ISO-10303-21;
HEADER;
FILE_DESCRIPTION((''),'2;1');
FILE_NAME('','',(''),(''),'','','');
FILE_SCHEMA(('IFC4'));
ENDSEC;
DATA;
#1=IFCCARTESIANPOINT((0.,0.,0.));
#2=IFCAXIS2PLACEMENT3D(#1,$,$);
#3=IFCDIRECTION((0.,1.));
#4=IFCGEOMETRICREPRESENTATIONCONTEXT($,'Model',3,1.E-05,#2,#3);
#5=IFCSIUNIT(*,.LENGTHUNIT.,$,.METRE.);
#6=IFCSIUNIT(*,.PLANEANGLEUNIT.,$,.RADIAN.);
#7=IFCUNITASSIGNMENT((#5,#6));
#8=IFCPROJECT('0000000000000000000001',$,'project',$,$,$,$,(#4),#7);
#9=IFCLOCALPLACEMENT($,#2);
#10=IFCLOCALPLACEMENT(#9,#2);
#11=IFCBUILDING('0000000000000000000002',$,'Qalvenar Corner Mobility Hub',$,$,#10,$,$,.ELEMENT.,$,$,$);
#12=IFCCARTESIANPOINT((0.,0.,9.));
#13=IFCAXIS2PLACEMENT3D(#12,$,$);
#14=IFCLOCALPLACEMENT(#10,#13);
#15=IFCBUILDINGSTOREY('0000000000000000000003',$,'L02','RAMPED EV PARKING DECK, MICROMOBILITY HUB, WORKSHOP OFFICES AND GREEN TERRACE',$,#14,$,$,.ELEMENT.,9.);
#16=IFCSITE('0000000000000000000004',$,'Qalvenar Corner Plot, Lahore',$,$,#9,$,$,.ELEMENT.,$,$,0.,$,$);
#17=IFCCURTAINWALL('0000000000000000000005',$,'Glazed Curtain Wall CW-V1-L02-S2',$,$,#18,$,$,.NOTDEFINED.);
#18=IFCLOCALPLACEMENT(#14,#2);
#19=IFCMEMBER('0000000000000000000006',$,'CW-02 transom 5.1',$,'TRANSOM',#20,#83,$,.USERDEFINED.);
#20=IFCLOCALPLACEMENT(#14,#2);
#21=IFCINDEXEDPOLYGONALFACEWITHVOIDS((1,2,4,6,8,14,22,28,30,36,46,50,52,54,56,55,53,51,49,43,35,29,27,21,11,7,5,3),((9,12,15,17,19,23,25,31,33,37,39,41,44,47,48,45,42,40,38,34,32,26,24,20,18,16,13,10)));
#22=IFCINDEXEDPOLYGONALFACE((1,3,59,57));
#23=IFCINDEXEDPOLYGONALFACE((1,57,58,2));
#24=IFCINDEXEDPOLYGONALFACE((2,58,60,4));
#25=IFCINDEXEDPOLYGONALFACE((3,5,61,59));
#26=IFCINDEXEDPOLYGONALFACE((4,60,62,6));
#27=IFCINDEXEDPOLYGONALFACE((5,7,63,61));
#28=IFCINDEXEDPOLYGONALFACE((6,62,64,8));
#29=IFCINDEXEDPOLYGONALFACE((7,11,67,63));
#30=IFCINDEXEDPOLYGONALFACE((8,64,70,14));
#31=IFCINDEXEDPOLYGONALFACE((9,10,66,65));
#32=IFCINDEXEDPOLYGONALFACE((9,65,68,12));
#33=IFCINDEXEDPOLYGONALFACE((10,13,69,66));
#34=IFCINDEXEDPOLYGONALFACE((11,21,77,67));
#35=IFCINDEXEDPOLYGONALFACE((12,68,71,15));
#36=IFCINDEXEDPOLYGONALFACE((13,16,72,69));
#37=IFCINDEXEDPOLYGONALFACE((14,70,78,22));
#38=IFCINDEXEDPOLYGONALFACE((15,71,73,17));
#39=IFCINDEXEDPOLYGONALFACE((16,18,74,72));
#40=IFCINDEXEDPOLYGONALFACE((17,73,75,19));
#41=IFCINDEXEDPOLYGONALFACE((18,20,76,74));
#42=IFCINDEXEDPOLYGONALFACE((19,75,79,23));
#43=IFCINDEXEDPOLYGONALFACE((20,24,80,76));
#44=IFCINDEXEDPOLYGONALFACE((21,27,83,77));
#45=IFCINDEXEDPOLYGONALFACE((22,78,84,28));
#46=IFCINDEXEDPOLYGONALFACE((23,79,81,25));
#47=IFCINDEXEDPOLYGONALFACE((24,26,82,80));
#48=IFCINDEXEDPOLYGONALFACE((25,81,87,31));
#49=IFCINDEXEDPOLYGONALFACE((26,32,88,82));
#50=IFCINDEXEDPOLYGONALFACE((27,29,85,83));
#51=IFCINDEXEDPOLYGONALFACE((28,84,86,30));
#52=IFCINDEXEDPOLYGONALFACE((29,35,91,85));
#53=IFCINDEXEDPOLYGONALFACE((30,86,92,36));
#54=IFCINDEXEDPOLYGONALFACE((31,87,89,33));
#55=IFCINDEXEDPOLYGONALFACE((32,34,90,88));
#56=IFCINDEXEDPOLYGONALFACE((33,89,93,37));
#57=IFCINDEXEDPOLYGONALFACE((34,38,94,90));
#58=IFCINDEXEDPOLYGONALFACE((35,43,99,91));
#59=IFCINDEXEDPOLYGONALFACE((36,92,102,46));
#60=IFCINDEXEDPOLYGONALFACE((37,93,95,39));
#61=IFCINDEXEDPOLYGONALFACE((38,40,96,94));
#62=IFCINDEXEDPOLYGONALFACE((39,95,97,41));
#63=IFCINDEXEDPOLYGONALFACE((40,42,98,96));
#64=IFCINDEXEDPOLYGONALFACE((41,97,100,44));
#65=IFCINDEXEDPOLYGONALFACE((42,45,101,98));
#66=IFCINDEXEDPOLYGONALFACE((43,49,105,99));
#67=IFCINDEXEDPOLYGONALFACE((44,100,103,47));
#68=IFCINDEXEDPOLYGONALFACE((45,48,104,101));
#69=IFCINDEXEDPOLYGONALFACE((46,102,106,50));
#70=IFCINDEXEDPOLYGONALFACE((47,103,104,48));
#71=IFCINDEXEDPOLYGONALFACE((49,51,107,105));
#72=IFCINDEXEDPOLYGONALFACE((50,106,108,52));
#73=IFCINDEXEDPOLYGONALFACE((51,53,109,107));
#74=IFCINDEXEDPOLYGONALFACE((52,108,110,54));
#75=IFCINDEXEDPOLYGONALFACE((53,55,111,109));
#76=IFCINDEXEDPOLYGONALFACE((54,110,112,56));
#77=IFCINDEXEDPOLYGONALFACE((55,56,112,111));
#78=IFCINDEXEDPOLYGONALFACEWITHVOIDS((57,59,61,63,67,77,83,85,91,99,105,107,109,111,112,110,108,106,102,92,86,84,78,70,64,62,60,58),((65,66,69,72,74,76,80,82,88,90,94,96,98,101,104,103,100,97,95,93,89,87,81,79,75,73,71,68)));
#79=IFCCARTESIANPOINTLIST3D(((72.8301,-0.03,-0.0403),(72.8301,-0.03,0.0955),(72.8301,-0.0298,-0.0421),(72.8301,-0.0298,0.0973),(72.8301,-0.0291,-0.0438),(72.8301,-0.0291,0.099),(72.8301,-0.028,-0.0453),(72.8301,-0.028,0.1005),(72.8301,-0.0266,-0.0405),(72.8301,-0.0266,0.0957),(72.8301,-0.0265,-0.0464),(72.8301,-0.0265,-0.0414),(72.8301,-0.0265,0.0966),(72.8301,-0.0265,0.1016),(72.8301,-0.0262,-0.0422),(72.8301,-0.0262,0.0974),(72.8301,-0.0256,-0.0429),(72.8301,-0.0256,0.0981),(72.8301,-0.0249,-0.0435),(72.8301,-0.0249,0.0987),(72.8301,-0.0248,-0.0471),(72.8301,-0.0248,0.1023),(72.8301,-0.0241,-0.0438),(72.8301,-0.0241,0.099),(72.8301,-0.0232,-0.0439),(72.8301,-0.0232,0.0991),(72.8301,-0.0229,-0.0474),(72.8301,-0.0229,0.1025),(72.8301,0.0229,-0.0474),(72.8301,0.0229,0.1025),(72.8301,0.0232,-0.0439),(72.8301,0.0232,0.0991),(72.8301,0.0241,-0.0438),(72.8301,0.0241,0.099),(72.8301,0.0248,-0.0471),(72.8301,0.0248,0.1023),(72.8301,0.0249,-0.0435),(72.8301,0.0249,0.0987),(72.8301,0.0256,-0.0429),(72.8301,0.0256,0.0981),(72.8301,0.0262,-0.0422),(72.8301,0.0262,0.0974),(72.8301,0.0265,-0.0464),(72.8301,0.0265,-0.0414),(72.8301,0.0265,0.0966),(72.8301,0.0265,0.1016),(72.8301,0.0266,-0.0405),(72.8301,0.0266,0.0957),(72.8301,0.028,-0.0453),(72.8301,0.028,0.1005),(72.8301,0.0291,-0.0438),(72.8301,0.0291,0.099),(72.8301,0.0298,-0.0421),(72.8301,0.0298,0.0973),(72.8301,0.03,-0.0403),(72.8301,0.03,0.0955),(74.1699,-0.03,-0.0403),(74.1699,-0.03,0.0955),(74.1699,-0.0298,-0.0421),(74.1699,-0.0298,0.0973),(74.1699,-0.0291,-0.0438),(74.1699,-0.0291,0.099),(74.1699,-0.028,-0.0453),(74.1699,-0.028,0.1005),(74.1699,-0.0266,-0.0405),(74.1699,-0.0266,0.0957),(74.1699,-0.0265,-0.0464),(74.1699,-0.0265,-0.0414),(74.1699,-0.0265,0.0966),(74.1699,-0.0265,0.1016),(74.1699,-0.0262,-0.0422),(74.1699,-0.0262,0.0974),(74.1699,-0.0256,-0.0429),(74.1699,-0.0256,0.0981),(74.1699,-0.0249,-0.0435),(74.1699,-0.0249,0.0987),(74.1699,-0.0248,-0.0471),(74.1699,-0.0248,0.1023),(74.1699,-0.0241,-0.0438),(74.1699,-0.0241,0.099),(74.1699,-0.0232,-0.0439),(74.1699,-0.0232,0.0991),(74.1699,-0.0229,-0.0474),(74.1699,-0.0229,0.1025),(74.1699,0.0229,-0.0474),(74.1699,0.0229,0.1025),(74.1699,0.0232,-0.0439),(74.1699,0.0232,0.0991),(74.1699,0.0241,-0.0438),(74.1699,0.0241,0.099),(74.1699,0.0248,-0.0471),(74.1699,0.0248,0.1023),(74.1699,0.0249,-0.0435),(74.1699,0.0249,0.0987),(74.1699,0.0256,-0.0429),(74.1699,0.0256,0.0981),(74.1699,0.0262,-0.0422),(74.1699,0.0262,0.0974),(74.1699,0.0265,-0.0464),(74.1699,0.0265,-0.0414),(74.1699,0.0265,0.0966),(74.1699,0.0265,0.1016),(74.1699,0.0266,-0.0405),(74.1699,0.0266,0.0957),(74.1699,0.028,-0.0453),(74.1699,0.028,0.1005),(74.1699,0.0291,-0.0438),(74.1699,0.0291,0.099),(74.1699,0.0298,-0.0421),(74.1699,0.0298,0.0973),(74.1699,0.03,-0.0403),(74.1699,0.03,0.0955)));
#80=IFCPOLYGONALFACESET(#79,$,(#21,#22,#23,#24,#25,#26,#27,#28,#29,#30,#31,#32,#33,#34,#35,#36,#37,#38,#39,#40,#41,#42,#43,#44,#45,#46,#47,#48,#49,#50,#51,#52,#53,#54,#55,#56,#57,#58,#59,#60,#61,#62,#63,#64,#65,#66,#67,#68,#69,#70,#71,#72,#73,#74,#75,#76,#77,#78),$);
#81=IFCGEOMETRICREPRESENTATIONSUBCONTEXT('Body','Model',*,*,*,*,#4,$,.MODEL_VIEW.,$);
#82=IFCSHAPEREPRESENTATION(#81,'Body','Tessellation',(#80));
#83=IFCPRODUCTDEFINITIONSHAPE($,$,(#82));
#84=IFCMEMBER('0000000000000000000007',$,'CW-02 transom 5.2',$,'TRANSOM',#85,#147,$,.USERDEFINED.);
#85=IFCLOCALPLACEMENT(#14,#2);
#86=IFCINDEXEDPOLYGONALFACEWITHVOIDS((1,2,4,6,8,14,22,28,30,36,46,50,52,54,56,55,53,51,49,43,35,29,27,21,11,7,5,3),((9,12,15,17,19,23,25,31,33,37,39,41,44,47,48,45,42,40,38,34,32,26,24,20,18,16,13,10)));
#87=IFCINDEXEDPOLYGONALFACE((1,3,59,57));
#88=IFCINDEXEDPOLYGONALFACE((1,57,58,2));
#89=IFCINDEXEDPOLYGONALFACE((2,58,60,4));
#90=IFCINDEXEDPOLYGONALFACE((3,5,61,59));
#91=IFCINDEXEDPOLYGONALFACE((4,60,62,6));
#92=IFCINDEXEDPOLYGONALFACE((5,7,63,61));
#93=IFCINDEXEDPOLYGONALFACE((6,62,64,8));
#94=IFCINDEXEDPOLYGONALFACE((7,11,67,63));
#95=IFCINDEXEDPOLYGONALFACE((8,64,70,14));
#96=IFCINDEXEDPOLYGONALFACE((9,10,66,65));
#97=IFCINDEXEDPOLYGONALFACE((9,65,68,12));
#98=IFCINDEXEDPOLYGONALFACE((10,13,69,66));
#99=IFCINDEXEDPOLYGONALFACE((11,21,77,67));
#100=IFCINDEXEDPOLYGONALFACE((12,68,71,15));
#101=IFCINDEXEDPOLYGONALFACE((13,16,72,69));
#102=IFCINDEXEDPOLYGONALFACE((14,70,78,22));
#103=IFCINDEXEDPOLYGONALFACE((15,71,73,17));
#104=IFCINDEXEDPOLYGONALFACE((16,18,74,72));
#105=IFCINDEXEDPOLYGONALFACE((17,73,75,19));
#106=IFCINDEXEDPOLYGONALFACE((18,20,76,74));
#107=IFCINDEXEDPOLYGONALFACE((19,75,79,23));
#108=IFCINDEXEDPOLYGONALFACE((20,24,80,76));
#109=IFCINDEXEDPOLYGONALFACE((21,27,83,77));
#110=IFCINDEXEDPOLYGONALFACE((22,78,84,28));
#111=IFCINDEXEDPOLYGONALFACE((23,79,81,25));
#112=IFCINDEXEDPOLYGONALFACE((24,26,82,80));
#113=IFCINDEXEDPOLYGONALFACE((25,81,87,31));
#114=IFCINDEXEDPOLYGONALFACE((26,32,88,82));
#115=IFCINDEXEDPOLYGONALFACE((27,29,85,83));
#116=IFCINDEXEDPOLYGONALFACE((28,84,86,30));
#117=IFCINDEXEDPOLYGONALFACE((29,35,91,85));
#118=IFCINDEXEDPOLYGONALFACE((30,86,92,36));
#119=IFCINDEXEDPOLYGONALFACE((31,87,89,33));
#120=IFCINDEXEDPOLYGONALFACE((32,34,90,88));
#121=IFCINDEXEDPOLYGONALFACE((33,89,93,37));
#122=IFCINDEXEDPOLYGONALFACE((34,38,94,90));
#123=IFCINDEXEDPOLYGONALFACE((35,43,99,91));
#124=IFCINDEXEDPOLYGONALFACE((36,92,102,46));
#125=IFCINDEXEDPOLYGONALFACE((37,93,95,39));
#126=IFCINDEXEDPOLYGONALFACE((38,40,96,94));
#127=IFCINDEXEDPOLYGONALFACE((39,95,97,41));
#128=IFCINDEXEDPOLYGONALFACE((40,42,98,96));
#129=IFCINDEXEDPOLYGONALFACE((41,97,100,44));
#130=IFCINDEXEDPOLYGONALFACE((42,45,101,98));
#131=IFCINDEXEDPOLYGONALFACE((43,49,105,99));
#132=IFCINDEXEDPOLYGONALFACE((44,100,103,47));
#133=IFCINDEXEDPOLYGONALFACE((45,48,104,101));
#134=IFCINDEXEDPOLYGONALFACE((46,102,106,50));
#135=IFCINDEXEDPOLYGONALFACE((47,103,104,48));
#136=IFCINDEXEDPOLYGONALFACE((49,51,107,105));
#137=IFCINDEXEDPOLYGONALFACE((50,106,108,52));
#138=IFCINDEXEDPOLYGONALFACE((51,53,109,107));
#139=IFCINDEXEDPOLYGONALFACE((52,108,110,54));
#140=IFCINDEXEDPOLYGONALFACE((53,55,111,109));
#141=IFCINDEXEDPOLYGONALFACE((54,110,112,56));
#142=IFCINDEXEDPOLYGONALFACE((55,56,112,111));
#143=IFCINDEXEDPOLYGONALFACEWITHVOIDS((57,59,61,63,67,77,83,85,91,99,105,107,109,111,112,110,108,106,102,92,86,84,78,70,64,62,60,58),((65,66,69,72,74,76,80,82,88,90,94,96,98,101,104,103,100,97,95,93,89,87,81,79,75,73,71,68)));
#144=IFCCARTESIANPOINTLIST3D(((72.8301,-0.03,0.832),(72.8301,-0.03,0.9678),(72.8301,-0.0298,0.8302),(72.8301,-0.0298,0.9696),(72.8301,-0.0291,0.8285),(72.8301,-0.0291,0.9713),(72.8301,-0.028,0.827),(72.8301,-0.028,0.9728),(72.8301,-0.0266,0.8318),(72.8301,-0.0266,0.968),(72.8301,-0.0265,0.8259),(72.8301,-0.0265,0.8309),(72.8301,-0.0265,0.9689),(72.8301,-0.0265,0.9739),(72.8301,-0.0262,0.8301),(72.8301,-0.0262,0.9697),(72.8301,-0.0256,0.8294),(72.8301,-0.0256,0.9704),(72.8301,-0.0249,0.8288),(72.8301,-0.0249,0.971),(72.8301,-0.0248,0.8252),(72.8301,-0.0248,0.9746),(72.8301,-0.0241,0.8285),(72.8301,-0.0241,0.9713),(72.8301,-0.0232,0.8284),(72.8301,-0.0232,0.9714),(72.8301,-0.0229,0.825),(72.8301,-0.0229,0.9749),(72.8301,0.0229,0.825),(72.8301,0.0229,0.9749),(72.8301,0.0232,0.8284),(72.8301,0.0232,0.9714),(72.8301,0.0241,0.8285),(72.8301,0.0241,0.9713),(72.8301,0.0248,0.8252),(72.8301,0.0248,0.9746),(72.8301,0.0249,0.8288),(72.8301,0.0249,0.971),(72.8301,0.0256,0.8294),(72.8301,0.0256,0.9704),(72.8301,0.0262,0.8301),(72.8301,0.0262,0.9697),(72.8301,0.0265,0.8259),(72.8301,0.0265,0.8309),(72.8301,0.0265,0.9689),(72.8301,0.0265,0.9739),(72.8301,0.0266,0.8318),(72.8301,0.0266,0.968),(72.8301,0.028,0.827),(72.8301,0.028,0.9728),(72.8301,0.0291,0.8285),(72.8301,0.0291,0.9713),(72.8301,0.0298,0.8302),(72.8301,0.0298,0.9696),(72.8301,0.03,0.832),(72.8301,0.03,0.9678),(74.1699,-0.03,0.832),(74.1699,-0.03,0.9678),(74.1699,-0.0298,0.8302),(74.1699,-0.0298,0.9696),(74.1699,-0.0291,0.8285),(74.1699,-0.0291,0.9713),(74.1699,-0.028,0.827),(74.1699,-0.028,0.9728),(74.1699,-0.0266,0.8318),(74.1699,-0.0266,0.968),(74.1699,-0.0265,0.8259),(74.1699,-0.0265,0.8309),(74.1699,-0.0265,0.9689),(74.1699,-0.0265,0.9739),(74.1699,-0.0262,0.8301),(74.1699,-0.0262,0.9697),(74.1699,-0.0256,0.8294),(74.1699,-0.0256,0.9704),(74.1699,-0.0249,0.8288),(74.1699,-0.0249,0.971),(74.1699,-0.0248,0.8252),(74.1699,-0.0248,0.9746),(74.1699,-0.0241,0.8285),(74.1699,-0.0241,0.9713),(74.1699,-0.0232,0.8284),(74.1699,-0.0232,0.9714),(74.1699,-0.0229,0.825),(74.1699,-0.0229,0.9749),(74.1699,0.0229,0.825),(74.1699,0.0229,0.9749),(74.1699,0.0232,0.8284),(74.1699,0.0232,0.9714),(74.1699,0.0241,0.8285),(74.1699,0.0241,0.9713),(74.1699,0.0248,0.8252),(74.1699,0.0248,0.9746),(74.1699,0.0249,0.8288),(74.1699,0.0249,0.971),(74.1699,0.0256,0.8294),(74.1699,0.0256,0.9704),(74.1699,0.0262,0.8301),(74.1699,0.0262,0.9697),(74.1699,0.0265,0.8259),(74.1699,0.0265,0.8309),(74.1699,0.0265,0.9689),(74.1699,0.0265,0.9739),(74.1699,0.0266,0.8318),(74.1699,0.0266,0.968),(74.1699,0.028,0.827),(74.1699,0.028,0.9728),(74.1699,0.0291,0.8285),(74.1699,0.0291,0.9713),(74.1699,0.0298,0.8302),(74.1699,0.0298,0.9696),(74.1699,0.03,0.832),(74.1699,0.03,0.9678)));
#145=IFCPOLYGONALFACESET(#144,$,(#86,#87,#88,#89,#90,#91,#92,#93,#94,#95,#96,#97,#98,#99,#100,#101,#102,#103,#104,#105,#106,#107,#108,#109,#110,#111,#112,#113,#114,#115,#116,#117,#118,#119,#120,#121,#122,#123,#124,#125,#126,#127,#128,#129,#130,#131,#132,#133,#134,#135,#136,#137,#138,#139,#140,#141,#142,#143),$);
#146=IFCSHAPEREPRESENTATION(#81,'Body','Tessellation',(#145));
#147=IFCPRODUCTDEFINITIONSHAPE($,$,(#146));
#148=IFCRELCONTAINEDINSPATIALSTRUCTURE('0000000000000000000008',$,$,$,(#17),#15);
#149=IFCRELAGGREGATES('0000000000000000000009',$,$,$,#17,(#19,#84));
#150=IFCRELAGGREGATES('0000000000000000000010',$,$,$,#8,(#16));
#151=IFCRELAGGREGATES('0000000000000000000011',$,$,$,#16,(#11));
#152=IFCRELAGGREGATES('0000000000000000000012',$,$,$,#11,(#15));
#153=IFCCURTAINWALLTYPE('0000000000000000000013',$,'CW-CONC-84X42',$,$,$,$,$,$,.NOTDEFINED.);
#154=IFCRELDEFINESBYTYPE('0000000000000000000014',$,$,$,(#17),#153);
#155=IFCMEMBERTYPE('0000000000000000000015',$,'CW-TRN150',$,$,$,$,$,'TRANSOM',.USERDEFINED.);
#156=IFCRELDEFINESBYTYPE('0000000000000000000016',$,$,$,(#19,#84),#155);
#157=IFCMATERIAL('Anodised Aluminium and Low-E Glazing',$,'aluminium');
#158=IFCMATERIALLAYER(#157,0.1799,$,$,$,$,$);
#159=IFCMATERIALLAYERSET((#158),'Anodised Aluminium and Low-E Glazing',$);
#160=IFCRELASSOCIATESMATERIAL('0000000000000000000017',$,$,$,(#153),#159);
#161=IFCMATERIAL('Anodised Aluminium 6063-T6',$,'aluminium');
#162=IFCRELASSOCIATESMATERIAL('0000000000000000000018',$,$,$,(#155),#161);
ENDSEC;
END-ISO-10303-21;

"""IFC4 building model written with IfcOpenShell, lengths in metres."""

from ifc_helpers import new_model, si_unit, direction, frame, origin, origin_2d, place, context, subcontext, project, spatial, hollow_rectangle, extrude, material, layer, layer_set, material_profile, profile_set, type_object, element, aggregate, save


model = new_model("IFC4")

# Units and contexts
model_context = context("Model", 3, precision=1e-05, world=origin(), true_north=direction((0.0, 1.0)))
body_context = subcontext(model_context, "Body", "Model", "MODEL_VIEW")
ifc_project = project(units=[si_unit("LENGTHUNIT", "METRE"), si_unit("PLANEANGLEUNIT", "RADIAN")], contexts=[model_context])

# Site, building, storey
site_placement = place(None, origin())
site = spatial("IfcSite", under=ifc_project, at=site_placement, Name="Qalvenar Corner Plot, Lahore", CompositionType="ELEMENT", RefElevation=0.0)
building_placement = place(site_placement, origin())
building = spatial("IfcBuilding", under=site, at=building_placement, Name="Qalvenar Corner Mobility Hub", CompositionType="ELEMENT")
storey_placement = place(building_placement, frame((0.0, 0.0, 9.0)))
storey = spatial("IfcBuildingStorey", under=building, at=storey_placement, Name="L02", Description="RAMPED EV PARKING DECK, MICROMOBILITY HUB, WORKSHOP OFFICES AND GREEN TERRACE", CompositionType="ELEMENT", Elevation=9.0)

# Curtain wall, members
ifc_material_1 = material(Name="Anodised Aluminium and Low-E Glazing", Category="aluminium")
ifc_layer_1 = layer(ifc_material_1, 0.1799)
ifc_layer_set_1 = layer_set([ifc_layer_1], Name="Anodised Aluminium and Low-E Glazing")
curtain_wall_type = type_object("IfcCurtainWallType", Name="CW-CONC-84X42", PredefinedType="NOTDEFINED", material=ifc_layer_set_1)
curtain_wall_placement = place(storey_placement, origin())
curtain_wall = element("IfcCurtainWall", 1, at=curtain_wall_placement, inside=storey, type_object=curtain_wall_type, Name="Glazed Curtain Wall CW-V1-L02-S2", PredefinedType="NOTDEFINED")
ifc_material_2 = material(Name="Anodised Aluminium 6063-T6", Category="aluminium")
ifc_material_profile_1 = material_profile(ifc_material_2, hollow_rectangle(XDim=0.0601, YDim=0.1499, WallThickness=0.0034, InnerFilletRadius=0.0034, OuterFilletRadius=0.0071, at=origin_2d()), Name="RHS150x60x3.5")
ifc_profile_set_1 = profile_set([ifc_material_profile_1], Name="Anodised Aluminium 6063-T6")
member_type_1 = type_object("IfcMemberType", Name="CW-TRN150", ElementType="TRANSOM", PredefinedType="USERDEFINED", material=ifc_profile_set_1)
member_1_placement = place(storey_placement, frame((72.8301, 0.0, 0.0276), z_axis=(1.0, 0.0, 0.0), x_axis=(0.0, 1.0, 0.0)))
member_1 = element("IfcMember", 2, at=member_1_placement, type_object=member_type_1, Name="CW-02 transom 5.1", ObjectType="TRANSOM", PredefinedType="USERDEFINED", context=body_context, shape_type="SweptSolid", body=[
    extrude(hollow_rectangle(XDim=0.0601, YDim=0.1499, WallThickness=0.0034, InnerFilletRadius=0.0034, OuterFilletRadius=0.0071, at=origin_2d()), origin(), (0.0, 0.0, 1.0), 1.3398),
])
member_2_placement = place(storey_placement, frame((72.8301, 0.0, 0.8999), z_axis=(1.0, 0.0, 0.0), x_axis=(0.0, 1.0, 0.0)))
member_2 = element("IfcMember", 3, at=member_2_placement, type_object=member_type_1, Name="CW-02 transom 5.2", ObjectType="TRANSOM", PredefinedType="USERDEFINED", context=body_context, shape_type="SweptSolid", body=[
    extrude(hollow_rectangle(XDim=0.0601, YDim=0.1499, WallThickness=0.0034, InnerFilletRadius=0.0034, OuterFilletRadius=0.0071, at=origin_2d()), origin(), (0.0, 0.0, 1.0), 1.3398),
])
aggregate(curtain_wall, [member_1, member_2])

save(model, "model.ifc")
